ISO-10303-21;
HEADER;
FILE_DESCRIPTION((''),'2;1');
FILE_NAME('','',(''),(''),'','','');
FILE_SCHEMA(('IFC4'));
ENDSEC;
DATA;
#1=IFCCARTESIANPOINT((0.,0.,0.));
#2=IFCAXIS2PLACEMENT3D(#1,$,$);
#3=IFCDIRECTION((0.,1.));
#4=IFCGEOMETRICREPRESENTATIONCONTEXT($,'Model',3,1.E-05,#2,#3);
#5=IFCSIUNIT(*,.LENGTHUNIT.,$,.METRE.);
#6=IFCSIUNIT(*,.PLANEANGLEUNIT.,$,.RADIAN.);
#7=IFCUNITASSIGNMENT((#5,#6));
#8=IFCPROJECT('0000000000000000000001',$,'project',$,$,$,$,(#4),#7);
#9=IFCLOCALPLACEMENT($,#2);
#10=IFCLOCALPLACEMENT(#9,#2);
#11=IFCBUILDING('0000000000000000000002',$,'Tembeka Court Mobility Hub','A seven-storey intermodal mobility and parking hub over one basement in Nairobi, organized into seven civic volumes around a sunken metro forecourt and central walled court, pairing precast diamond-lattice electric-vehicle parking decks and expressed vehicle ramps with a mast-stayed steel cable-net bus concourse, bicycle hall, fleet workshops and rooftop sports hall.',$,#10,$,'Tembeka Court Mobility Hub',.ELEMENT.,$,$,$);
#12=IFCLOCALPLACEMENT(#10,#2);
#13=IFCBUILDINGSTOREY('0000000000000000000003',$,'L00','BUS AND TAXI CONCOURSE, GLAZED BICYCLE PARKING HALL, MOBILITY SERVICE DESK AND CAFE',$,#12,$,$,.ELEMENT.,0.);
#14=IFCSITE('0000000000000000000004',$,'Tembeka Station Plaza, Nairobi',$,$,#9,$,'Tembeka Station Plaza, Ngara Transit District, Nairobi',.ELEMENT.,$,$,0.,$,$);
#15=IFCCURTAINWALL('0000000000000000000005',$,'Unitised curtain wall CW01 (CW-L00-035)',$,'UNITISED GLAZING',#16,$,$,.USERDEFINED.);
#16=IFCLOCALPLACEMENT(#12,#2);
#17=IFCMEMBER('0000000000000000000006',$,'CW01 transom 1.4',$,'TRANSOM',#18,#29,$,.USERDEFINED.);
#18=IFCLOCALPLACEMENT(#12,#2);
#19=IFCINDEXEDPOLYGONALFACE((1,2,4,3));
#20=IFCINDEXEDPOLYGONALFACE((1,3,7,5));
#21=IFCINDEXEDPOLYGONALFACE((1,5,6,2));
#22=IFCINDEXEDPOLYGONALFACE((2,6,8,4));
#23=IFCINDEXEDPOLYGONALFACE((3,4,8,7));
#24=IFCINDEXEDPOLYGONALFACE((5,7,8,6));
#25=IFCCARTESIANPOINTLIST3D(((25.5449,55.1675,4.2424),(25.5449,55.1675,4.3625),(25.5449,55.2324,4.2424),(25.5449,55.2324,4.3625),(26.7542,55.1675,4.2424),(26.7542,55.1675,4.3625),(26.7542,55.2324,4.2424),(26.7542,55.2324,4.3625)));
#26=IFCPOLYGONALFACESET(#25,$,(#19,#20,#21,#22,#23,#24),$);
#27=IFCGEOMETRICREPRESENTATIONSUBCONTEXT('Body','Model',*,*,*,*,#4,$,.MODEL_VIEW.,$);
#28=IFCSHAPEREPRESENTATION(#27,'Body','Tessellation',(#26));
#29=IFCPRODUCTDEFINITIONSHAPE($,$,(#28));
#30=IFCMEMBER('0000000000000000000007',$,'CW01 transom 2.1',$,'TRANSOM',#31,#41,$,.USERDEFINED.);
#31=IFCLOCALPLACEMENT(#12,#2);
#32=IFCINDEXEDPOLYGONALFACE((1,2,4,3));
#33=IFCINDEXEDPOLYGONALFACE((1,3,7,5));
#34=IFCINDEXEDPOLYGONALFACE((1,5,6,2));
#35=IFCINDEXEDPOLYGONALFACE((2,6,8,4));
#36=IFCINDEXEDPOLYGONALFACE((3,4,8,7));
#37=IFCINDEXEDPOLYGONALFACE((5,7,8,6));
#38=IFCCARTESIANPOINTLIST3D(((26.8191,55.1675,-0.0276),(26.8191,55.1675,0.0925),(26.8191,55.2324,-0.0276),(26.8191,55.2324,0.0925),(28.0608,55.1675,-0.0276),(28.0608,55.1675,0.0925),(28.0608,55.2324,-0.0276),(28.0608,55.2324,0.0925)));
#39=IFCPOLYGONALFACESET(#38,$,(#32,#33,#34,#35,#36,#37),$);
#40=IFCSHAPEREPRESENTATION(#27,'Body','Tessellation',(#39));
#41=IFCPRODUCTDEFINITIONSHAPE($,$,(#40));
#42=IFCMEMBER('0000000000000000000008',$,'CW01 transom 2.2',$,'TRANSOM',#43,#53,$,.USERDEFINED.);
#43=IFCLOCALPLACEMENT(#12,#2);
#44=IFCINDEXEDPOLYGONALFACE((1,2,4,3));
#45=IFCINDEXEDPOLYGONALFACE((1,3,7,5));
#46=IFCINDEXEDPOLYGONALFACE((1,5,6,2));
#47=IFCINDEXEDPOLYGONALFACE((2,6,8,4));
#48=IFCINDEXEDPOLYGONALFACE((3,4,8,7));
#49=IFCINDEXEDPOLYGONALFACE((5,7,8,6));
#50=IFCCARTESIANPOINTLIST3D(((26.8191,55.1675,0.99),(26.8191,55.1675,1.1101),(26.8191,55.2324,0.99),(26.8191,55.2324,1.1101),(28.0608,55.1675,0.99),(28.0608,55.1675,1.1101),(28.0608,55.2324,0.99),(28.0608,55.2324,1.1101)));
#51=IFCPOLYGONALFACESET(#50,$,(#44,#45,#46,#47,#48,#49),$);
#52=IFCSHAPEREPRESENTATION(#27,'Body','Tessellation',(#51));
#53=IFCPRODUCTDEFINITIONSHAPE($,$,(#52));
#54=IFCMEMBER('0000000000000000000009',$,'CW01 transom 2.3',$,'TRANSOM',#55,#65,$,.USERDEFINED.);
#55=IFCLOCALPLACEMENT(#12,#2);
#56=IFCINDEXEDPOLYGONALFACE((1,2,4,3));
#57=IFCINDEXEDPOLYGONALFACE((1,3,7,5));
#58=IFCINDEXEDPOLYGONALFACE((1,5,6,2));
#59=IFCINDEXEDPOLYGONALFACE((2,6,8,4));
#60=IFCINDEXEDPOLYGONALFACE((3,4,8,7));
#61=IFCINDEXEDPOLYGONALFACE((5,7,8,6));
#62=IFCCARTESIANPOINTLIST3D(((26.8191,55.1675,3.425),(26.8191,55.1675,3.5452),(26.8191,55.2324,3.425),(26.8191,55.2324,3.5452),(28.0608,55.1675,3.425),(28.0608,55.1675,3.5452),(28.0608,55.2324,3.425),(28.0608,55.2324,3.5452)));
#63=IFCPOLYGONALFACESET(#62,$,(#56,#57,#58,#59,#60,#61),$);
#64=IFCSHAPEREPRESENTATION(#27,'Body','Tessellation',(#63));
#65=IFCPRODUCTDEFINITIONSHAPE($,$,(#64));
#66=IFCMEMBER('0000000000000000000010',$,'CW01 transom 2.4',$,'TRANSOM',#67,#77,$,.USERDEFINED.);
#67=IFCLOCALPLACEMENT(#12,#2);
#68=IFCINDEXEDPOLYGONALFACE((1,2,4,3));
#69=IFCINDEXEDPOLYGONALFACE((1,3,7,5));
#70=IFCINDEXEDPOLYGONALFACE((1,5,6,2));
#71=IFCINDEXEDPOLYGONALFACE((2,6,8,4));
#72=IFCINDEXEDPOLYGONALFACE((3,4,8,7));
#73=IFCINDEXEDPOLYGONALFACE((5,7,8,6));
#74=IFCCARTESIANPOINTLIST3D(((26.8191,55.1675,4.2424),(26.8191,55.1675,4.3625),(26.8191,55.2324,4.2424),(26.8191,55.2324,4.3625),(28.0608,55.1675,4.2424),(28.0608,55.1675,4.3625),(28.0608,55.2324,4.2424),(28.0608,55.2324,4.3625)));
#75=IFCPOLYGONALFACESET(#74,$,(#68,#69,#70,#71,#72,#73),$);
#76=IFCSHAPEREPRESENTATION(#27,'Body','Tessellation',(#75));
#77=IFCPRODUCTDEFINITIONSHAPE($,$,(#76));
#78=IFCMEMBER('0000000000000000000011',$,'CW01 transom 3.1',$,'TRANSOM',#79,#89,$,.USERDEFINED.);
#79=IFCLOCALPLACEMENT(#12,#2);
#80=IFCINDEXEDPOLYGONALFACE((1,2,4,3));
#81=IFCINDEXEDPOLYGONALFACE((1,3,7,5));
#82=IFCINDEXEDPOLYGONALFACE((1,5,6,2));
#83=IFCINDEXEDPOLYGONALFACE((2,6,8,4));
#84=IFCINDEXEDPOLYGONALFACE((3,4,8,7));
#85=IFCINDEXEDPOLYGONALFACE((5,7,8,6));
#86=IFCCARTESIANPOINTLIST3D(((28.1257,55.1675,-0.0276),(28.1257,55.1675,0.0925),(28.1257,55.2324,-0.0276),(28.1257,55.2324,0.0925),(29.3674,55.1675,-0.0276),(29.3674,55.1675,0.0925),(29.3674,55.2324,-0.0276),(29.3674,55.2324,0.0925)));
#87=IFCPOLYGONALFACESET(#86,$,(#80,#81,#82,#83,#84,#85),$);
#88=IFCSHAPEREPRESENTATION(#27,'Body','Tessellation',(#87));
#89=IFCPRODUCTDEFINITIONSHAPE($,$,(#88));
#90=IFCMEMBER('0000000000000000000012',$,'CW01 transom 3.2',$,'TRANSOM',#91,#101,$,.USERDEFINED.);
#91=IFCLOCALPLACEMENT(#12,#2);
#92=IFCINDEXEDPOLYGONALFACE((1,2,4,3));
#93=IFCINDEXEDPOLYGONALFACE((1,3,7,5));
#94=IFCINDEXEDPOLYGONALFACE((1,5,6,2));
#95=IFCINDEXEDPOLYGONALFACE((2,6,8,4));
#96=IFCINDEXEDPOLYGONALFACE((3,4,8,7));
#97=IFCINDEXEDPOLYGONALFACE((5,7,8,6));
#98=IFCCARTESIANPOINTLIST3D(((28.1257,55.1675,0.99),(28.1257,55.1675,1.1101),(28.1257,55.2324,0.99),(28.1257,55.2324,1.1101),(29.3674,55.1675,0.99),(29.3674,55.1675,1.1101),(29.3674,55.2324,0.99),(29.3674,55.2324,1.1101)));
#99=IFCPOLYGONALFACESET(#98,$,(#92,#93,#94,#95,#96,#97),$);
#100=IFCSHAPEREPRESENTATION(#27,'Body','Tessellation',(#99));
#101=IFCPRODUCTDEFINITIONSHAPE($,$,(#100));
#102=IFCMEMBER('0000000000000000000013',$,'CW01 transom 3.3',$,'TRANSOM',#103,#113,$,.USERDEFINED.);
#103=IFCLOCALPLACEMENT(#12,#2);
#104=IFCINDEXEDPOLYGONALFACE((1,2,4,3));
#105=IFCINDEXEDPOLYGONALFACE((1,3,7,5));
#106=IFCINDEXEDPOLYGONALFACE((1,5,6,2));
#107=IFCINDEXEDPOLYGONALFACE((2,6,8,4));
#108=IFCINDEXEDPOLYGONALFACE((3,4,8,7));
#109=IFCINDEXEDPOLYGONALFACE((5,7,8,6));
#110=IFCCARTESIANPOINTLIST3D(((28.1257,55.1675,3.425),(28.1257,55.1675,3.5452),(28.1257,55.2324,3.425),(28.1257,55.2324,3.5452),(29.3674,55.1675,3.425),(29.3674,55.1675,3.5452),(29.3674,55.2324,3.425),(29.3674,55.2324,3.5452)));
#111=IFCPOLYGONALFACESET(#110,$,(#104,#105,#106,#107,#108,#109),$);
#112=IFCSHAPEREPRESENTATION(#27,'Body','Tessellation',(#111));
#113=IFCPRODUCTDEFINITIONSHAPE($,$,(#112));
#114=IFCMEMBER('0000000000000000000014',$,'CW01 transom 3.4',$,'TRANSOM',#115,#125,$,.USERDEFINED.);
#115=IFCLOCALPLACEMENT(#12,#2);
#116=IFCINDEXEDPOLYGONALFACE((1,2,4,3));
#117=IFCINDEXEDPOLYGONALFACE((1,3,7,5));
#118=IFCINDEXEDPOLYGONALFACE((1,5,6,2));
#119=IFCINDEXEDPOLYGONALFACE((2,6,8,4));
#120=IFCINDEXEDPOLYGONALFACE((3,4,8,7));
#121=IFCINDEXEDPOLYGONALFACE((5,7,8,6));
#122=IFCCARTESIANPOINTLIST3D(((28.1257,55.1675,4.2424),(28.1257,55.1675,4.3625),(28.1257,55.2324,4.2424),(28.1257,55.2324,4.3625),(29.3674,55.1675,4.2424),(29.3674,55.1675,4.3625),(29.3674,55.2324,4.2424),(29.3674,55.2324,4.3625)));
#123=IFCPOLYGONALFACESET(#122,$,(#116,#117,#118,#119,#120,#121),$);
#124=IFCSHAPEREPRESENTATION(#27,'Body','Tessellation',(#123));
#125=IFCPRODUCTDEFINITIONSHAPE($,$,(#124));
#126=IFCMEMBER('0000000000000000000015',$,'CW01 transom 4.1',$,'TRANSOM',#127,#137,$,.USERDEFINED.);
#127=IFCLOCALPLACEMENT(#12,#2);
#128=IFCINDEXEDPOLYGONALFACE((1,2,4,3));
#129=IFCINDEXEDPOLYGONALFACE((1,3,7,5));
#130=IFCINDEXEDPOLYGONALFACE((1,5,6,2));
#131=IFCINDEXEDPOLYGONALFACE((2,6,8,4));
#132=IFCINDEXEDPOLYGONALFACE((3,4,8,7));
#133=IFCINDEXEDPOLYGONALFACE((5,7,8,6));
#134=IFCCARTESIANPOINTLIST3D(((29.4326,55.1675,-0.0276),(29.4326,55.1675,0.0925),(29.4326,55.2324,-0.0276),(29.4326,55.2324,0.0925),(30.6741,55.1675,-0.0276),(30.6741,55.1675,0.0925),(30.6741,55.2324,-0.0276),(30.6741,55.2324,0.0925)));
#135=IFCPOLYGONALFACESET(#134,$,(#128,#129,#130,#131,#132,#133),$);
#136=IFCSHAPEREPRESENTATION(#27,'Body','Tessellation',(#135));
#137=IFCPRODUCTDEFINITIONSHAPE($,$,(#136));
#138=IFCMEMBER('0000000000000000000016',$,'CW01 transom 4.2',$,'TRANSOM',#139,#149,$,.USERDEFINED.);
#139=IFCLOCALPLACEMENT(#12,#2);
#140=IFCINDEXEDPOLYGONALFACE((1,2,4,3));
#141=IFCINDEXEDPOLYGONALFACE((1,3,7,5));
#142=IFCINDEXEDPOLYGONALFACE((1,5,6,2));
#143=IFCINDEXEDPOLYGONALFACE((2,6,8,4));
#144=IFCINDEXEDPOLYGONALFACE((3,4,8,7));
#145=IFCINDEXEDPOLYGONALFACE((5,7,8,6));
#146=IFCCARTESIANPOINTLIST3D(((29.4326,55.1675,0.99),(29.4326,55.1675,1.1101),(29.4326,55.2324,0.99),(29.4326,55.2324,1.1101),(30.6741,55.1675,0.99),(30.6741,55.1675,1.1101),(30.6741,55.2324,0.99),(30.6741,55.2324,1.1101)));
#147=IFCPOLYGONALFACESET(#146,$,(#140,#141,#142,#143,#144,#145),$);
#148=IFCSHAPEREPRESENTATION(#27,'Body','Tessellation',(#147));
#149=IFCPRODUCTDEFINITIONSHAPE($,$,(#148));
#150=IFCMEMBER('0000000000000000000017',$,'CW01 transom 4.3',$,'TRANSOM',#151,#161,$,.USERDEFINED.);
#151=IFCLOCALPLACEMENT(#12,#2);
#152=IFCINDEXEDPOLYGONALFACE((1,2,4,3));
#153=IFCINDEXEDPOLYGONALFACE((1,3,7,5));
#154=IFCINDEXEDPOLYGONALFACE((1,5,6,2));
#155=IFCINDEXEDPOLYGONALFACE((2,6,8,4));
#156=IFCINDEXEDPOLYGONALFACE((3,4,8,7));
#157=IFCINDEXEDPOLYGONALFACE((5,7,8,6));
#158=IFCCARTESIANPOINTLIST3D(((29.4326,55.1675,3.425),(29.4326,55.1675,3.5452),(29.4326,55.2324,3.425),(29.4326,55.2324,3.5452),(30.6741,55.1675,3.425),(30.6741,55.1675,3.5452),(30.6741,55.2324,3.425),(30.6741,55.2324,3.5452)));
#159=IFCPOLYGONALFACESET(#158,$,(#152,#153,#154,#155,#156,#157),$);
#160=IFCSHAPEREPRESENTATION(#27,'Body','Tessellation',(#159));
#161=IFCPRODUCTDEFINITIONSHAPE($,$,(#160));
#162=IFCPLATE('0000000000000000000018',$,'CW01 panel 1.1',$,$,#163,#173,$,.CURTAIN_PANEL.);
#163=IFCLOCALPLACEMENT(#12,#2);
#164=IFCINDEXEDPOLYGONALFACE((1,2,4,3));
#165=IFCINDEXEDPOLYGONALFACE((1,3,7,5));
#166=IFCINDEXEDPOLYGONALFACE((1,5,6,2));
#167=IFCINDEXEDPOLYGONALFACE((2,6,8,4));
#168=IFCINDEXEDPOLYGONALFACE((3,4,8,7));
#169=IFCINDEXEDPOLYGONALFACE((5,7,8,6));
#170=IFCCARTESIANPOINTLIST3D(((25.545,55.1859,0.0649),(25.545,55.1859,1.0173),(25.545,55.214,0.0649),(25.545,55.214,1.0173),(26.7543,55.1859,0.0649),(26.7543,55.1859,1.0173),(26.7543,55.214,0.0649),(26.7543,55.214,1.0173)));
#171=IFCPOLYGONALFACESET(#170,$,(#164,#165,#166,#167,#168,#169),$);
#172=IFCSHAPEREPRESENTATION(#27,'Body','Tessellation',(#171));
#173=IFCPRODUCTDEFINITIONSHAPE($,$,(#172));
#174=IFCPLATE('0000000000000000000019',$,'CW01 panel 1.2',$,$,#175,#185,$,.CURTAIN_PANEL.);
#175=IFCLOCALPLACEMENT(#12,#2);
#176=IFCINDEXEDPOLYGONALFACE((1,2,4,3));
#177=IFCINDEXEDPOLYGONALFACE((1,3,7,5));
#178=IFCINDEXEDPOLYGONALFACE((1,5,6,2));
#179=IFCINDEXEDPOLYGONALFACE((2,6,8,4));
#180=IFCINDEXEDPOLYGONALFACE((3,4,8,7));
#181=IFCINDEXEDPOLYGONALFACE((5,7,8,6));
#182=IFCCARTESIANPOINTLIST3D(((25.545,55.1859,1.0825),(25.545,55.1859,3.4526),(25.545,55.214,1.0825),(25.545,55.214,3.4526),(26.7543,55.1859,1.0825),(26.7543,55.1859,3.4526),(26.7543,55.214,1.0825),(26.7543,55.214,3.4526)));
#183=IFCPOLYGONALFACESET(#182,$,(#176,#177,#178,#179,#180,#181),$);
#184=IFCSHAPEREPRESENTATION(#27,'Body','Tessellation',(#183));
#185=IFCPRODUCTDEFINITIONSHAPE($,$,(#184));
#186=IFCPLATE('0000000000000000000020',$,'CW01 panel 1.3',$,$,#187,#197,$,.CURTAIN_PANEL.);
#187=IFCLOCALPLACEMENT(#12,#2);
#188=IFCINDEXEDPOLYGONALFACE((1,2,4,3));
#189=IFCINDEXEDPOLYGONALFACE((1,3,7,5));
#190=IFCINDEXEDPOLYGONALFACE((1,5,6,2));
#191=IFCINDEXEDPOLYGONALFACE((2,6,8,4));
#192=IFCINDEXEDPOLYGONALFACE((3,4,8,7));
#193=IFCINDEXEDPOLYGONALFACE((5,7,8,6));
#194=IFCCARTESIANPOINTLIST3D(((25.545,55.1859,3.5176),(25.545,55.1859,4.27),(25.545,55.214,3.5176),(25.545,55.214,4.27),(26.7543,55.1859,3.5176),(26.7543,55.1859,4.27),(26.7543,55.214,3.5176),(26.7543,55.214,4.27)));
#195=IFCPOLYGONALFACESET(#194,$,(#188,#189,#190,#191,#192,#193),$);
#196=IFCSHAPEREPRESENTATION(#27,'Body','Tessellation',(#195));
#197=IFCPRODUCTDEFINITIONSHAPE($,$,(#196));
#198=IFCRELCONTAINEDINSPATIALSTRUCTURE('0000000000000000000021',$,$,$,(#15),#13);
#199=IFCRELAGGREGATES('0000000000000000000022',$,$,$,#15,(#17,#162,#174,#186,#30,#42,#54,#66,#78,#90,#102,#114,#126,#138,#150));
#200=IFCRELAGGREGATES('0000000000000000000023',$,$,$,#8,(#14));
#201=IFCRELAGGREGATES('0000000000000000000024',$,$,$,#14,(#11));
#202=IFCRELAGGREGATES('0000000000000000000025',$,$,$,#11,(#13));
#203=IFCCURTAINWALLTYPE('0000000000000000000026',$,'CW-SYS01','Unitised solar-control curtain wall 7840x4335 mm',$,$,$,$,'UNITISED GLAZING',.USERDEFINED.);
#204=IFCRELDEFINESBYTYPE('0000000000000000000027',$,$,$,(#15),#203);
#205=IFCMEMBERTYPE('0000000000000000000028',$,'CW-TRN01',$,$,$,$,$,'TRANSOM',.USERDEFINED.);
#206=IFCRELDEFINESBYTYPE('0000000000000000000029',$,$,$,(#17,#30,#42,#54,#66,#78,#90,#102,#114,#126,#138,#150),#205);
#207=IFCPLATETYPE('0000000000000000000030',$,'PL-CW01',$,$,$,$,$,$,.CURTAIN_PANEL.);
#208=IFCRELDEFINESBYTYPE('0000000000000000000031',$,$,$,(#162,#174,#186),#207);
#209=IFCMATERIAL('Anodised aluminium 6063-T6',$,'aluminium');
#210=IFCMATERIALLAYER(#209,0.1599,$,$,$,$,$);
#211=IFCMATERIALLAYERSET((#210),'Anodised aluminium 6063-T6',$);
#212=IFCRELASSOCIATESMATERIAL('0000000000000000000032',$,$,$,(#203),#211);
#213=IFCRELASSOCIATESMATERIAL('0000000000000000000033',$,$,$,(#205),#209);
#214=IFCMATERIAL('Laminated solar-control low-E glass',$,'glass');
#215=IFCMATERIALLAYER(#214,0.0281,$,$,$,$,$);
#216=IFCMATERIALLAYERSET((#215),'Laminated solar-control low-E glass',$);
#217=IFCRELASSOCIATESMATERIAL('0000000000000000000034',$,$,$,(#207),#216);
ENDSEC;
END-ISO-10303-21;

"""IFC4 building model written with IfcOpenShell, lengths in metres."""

from ifc_helpers import new_model, si_unit, direction, frame, origin, origin_2d, place, context, subcontext, project, spatial, rectangle, extrude, material, layer, layer_set, material_profile, profile_set, type_object, element, aggregate, save


model = new_model("IFC4")

# Units and contexts
model_context = context("Model", 3, precision=1e-05, world=origin(), true_north=direction((0.0, 1.0)))
body_context = subcontext(model_context, "Body", "Model", "MODEL_VIEW")
ifc_project = project(units=[si_unit("LENGTHUNIT", "METRE"), si_unit("PLANEANGLEUNIT", "RADIAN")], contexts=[model_context])

# Site, building, storey
site_placement = place(None, origin())
site = spatial("IfcSite", under=ifc_project, at=site_placement, Name="Tembeka Station Plaza, Nairobi", LongName="Tembeka Station Plaza, Ngara Transit District, Nairobi", CompositionType="ELEMENT", RefElevation=0.0)
building_placement = place(site_placement, origin())
building = spatial("IfcBuilding", under=site, at=building_placement, Name="Tembeka Court Mobility Hub", Description="A seven-storey intermodal mobility and parking hub over one basement in Nairobi, organized into seven civic volumes around a sunken metro forecourt and central walled court, pairing precast diamond-lattice electric-vehicle parking decks and expressed vehicle ramps with a mast-stayed steel cable-net bus concourse, bicycle hall, fleet workshops and rooftop sports hall.", LongName="Tembeka Court Mobility Hub", CompositionType="ELEMENT")
storey_placement = place(building_placement, origin())
storey = spatial("IfcBuildingStorey", under=building, at=storey_placement, Name="L00", Description="BUS AND TAXI CONCOURSE, GLAZED BICYCLE PARKING HALL, MOBILITY SERVICE DESK AND CAFE", CompositionType="ELEMENT", Elevation=0.0)

# Curtain wall, members, plates
ifc_material_1 = material(Name="Anodised aluminium 6063-T6", Category="aluminium")
ifc_layer_1 = layer(ifc_material_1, 0.1599)
ifc_layer_set_1 = layer_set([ifc_layer_1], Name="Anodised aluminium 6063-T6")
curtain_wall_type = type_object("IfcCurtainWallType", Name="CW-SYS01", Description="Unitised solar-control curtain wall 7840x4335 mm", ElementType="UNITISED GLAZING", PredefinedType="USERDEFINED", material=ifc_layer_set_1)
curtain_wall_placement = place(storey_placement, origin())
curtain_wall = element("IfcCurtainWall", 1, at=curtain_wall_placement, inside=storey, type_object=curtain_wall_type, Name="Unitised curtain wall CW01 (CW-L00-035)", ObjectType="UNITISED GLAZING", PredefinedType="USERDEFINED")
ifc_material_profile_1 = material_profile(ifc_material_1, rectangle(XDim=0.0649, YDim=0.1201, at=origin_2d()), Name="ALU-TRN 65x120")
ifc_profile_set_1 = profile_set([ifc_material_profile_1], Name="Anodised aluminium 6063-T6")
member_type_1 = type_object("IfcMemberType", Name="CW-TRN01", ElementType="TRANSOM", PredefinedType="USERDEFINED", material=ifc_profile_set_1)
member_1_placement = place(storey_placement, frame((25.5449, 55.2, 4.3025), z_axis=(1.0, 0.0, 0.0), x_axis=(0.0, 1.0, 0.0)))
member_1 = element("IfcMember", 2, at=member_1_placement, type_object=member_type_1, Name="CW01 transom 1.4", ObjectType="TRANSOM", PredefinedType="USERDEFINED", context=body_context, shape_type="SweptSolid", body=[
    extrude(rectangle(XDim=0.0649, YDim=0.1201, at=origin_2d()), origin(), (0.0, 0.0, 1.0), 1.2092),
])
member_2_placement = place(storey_placement, frame((26.8191, 55.2, 0.0325), z_axis=(1.0, 0.0, 0.0), x_axis=(0.0, 1.0, 0.0)))
member_2 = element("IfcMember", 3, at=member_2_placement, type_object=member_type_1, Name="CW01 transom 2.1", ObjectType="TRANSOM", PredefinedType="USERDEFINED", context=body_context, shape_type="SweptSolid", body=[
    extrude(rectangle(XDim=0.0649, YDim=0.1201, at=origin_2d()), origin(), (0.0, 0.0, 1.0), 1.2417),
])
member_3_placement = place(storey_placement, frame((26.8191, 55.2, 1.05), z_axis=(1.0, 0.0, 0.0), x_axis=(0.0, 1.0, 0.0)))
member_3 = element("IfcMember", 4, at=member_3_placement, type_object=member_type_1, Name="CW01 transom 2.2", ObjectType="TRANSOM", PredefinedType="USERDEFINED", context=body_context, shape_type="SweptSolid", body=[
    extrude(rectangle(XDim=0.0649, YDim=0.1201, at=origin_2d()), origin(), (0.0, 0.0, 1.0), 1.2417),
])
member_4_placement = place(storey_placement, frame((26.8191, 55.2, 3.4851), z_axis=(1.0, 0.0, 0.0), x_axis=(0.0, 1.0, 0.0)))
member_4 = element("IfcMember", 5, at=member_4_placement, type_object=member_type_1, Name="CW01 transom 2.3", ObjectType="TRANSOM", PredefinedType="USERDEFINED", context=body_context, shape_type="SweptSolid", body=[
    extrude(rectangle(XDim=0.0649, YDim=0.1201, at=origin_2d()), origin(), (0.0, 0.0, 1.0), 1.2417),
])
member_5_placement = place(storey_placement, frame((26.8191, 55.2, 4.3025), z_axis=(1.0, 0.0, 0.0), x_axis=(0.0, 1.0, 0.0)))
member_5 = element("IfcMember", 6, at=member_5_placement, type_object=member_type_1, Name="CW01 transom 2.4", ObjectType="TRANSOM", PredefinedType="USERDEFINED", context=body_context, shape_type="SweptSolid", body=[
    extrude(rectangle(XDim=0.0649, YDim=0.1201, at=origin_2d()), origin(), (0.0, 0.0, 1.0), 1.2417),
])
member_6_placement = place(storey_placement, frame((28.1257, 55.2, 0.0325), z_axis=(1.0, 0.0, 0.0), x_axis=(0.0, 1.0, 0.0)))
member_6 = element("IfcMember", 7, at=member_6_placement, type_object=member_type_1, Name="CW01 transom 3.1", ObjectType="TRANSOM", PredefinedType="USERDEFINED", context=body_context, shape_type="SweptSolid", body=[
    extrude(rectangle(XDim=0.0649, YDim=0.1201, at=origin_2d()), origin(), (0.0, 0.0, 1.0), 1.2417),
])
member_7_placement = place(storey_placement, frame((28.1257, 55.2, 1.05), z_axis=(1.0, 0.0, 0.0), x_axis=(0.0, 1.0, 0.0)))
member_7 = element("IfcMember", 8, at=member_7_placement, type_object=member_type_1, Name="CW01 transom 3.2", ObjectType="TRANSOM", PredefinedType="USERDEFINED", context=body_context, shape_type="SweptSolid", body=[
    extrude(rectangle(XDim=0.0649, YDim=0.1201, at=origin_2d()), origin(), (0.0, 0.0, 1.0), 1.2417),
])
member_8_placement = place(storey_placement, frame((28.1257, 55.2, 3.4851), z_axis=(1.0, 0.0, 0.0), x_axis=(0.0, 1.0, 0.0)))
member_8 = element("IfcMember", 9, at=member_8_placement, type_object=member_type_1, Name="CW01 transom 3.3", ObjectType="TRANSOM", PredefinedType="USERDEFINED", context=body_context, shape_type="SweptSolid", body=[
    extrude(rectangle(XDim=0.0649, YDim=0.1201, at=origin_2d()), origin(), (0.0, 0.0, 1.0), 1.2417),
])
member_9_placement = place(storey_placement, frame((28.1257, 55.2, 4.3025), z_axis=(1.0, 0.0, 0.0), x_axis=(0.0, 1.0, 0.0)))
member_9 = element("IfcMember", 10, at=member_9_placement, type_object=member_type_1, Name="CW01 transom 3.4", ObjectType="TRANSOM", PredefinedType="USERDEFINED", context=body_context, shape_type="SweptSolid", body=[
    extrude(rectangle(XDim=0.0649, YDim=0.1201, at=origin_2d()), origin(), (0.0, 0.0, 1.0), 1.2417),
])
member_10_placement = place(storey_placement, frame((29.4326, 55.2, 0.0325), z_axis=(1.0, 0.0, 0.0), x_axis=(0.0, 1.0, 0.0)))
member_10 = element("IfcMember", 11, at=member_10_placement, type_object=member_type_1, Name="CW01 transom 4.1", ObjectType="TRANSOM", PredefinedType="USERDEFINED", context=body_context, shape_type="SweptSolid", body=[
    extrude(rectangle(XDim=0.0649, YDim=0.1201, at=origin_2d()), origin(), (0.0, 0.0, 1.0), 1.2415),
])
member_11_placement = place(storey_placement, frame((29.4326, 55.2, 1.05), z_axis=(1.0, 0.0, 0.0), x_axis=(0.0, 1.0, 0.0)))
member_11 = element("IfcMember", 12, at=member_11_placement, type_object=member_type_1, Name="CW01 transom 4.2", ObjectType="TRANSOM", PredefinedType="USERDEFINED", context=body_context, shape_type="SweptSolid", body=[
    extrude(rectangle(XDim=0.0649, YDim=0.1201, at=origin_2d()), origin(), (0.0, 0.0, 1.0), 1.2415),
])
member_12_placement = place(storey_placement, frame((29.4326, 55.2, 3.4851), z_axis=(1.0, 0.0, 0.0), x_axis=(0.0, 1.0, 0.0)))
member_12 = element("IfcMember", 13, at=member_12_placement, type_object=member_type_1, Name="CW01 transom 4.3", ObjectType="TRANSOM", PredefinedType="USERDEFINED", context=body_context, shape_type="SweptSolid", body=[
    extrude(rectangle(XDim=0.0649, YDim=0.1201, at=origin_2d()), origin(), (0.0, 0.0, 1.0), 1.2415),
])
ifc_material_2 = material(Name="Laminated solar-control low-E glass", Category="glass")
ifc_layer_2 = layer(ifc_material_2, 0.0281)
ifc_layer_set_2 = layer_set([ifc_layer_2], Name="Laminated solar-control low-E glass")
plate_type = type_object("IfcPlateType", Name="PL-CW01", PredefinedType="CURTAIN_PANEL", material=ifc_layer_set_2)
plate_1_placement = place(storey_placement, frame((26.1497, 55.2, 0.0649), z_axis=(0.0, 0.0, 1.0), x_axis=(1.0, 0.0, 0.0)))
plate_1 = element("IfcPlate", 14, at=plate_1_placement, type_object=plate_type, Name="CW01 panel 1.1", PredefinedType="CURTAIN_PANEL", context=body_context, shape_type="SweptSolid", body=[
    extrude(rectangle(XDim=1.2092, YDim=0.0281, at=origin_2d()), origin(), (0.0, 0.0, 1.0), 0.9524),
])
plate_2_placement = place(storey_placement, frame((26.1497, 55.2, 1.0825), z_axis=(0.0, 0.0, 1.0), x_axis=(1.0, 0.0, 0.0)))
plate_2 = element("IfcPlate", 15, at=plate_2_placement, type_object=plate_type, Name="CW01 panel 1.2", PredefinedType="CURTAIN_PANEL", context=body_context, shape_type="SweptSolid", body=[
    extrude(rectangle(XDim=1.2092, YDim=0.0281, at=origin_2d()), origin(), (0.0, 0.0, 1.0), 2.3701),
])
plate_3_placement = place(storey_placement, frame((26.1497, 55.2, 3.5176), z_axis=(0.0, 0.0, 1.0), x_axis=(1.0, 0.0, 0.0)))
plate_3 = element("IfcPlate", 16, at=plate_3_placement, type_object=plate_type, Name="CW01 panel 1.3", PredefinedType="CURTAIN_PANEL", context=body_context, shape_type="SweptSolid", body=[
    extrude(rectangle(XDim=1.2092, YDim=0.0281, at=origin_2d()), origin(), (0.0, 0.0, 1.0), 0.7524),
])
aggregate(curtain_wall, [member_1, plate_1, plate_2, plate_3, member_2, member_3, member_4, member_5, member_6, member_7, member_8, member_9, member_10, member_11, member_12])

save(model, "model.ifc")
